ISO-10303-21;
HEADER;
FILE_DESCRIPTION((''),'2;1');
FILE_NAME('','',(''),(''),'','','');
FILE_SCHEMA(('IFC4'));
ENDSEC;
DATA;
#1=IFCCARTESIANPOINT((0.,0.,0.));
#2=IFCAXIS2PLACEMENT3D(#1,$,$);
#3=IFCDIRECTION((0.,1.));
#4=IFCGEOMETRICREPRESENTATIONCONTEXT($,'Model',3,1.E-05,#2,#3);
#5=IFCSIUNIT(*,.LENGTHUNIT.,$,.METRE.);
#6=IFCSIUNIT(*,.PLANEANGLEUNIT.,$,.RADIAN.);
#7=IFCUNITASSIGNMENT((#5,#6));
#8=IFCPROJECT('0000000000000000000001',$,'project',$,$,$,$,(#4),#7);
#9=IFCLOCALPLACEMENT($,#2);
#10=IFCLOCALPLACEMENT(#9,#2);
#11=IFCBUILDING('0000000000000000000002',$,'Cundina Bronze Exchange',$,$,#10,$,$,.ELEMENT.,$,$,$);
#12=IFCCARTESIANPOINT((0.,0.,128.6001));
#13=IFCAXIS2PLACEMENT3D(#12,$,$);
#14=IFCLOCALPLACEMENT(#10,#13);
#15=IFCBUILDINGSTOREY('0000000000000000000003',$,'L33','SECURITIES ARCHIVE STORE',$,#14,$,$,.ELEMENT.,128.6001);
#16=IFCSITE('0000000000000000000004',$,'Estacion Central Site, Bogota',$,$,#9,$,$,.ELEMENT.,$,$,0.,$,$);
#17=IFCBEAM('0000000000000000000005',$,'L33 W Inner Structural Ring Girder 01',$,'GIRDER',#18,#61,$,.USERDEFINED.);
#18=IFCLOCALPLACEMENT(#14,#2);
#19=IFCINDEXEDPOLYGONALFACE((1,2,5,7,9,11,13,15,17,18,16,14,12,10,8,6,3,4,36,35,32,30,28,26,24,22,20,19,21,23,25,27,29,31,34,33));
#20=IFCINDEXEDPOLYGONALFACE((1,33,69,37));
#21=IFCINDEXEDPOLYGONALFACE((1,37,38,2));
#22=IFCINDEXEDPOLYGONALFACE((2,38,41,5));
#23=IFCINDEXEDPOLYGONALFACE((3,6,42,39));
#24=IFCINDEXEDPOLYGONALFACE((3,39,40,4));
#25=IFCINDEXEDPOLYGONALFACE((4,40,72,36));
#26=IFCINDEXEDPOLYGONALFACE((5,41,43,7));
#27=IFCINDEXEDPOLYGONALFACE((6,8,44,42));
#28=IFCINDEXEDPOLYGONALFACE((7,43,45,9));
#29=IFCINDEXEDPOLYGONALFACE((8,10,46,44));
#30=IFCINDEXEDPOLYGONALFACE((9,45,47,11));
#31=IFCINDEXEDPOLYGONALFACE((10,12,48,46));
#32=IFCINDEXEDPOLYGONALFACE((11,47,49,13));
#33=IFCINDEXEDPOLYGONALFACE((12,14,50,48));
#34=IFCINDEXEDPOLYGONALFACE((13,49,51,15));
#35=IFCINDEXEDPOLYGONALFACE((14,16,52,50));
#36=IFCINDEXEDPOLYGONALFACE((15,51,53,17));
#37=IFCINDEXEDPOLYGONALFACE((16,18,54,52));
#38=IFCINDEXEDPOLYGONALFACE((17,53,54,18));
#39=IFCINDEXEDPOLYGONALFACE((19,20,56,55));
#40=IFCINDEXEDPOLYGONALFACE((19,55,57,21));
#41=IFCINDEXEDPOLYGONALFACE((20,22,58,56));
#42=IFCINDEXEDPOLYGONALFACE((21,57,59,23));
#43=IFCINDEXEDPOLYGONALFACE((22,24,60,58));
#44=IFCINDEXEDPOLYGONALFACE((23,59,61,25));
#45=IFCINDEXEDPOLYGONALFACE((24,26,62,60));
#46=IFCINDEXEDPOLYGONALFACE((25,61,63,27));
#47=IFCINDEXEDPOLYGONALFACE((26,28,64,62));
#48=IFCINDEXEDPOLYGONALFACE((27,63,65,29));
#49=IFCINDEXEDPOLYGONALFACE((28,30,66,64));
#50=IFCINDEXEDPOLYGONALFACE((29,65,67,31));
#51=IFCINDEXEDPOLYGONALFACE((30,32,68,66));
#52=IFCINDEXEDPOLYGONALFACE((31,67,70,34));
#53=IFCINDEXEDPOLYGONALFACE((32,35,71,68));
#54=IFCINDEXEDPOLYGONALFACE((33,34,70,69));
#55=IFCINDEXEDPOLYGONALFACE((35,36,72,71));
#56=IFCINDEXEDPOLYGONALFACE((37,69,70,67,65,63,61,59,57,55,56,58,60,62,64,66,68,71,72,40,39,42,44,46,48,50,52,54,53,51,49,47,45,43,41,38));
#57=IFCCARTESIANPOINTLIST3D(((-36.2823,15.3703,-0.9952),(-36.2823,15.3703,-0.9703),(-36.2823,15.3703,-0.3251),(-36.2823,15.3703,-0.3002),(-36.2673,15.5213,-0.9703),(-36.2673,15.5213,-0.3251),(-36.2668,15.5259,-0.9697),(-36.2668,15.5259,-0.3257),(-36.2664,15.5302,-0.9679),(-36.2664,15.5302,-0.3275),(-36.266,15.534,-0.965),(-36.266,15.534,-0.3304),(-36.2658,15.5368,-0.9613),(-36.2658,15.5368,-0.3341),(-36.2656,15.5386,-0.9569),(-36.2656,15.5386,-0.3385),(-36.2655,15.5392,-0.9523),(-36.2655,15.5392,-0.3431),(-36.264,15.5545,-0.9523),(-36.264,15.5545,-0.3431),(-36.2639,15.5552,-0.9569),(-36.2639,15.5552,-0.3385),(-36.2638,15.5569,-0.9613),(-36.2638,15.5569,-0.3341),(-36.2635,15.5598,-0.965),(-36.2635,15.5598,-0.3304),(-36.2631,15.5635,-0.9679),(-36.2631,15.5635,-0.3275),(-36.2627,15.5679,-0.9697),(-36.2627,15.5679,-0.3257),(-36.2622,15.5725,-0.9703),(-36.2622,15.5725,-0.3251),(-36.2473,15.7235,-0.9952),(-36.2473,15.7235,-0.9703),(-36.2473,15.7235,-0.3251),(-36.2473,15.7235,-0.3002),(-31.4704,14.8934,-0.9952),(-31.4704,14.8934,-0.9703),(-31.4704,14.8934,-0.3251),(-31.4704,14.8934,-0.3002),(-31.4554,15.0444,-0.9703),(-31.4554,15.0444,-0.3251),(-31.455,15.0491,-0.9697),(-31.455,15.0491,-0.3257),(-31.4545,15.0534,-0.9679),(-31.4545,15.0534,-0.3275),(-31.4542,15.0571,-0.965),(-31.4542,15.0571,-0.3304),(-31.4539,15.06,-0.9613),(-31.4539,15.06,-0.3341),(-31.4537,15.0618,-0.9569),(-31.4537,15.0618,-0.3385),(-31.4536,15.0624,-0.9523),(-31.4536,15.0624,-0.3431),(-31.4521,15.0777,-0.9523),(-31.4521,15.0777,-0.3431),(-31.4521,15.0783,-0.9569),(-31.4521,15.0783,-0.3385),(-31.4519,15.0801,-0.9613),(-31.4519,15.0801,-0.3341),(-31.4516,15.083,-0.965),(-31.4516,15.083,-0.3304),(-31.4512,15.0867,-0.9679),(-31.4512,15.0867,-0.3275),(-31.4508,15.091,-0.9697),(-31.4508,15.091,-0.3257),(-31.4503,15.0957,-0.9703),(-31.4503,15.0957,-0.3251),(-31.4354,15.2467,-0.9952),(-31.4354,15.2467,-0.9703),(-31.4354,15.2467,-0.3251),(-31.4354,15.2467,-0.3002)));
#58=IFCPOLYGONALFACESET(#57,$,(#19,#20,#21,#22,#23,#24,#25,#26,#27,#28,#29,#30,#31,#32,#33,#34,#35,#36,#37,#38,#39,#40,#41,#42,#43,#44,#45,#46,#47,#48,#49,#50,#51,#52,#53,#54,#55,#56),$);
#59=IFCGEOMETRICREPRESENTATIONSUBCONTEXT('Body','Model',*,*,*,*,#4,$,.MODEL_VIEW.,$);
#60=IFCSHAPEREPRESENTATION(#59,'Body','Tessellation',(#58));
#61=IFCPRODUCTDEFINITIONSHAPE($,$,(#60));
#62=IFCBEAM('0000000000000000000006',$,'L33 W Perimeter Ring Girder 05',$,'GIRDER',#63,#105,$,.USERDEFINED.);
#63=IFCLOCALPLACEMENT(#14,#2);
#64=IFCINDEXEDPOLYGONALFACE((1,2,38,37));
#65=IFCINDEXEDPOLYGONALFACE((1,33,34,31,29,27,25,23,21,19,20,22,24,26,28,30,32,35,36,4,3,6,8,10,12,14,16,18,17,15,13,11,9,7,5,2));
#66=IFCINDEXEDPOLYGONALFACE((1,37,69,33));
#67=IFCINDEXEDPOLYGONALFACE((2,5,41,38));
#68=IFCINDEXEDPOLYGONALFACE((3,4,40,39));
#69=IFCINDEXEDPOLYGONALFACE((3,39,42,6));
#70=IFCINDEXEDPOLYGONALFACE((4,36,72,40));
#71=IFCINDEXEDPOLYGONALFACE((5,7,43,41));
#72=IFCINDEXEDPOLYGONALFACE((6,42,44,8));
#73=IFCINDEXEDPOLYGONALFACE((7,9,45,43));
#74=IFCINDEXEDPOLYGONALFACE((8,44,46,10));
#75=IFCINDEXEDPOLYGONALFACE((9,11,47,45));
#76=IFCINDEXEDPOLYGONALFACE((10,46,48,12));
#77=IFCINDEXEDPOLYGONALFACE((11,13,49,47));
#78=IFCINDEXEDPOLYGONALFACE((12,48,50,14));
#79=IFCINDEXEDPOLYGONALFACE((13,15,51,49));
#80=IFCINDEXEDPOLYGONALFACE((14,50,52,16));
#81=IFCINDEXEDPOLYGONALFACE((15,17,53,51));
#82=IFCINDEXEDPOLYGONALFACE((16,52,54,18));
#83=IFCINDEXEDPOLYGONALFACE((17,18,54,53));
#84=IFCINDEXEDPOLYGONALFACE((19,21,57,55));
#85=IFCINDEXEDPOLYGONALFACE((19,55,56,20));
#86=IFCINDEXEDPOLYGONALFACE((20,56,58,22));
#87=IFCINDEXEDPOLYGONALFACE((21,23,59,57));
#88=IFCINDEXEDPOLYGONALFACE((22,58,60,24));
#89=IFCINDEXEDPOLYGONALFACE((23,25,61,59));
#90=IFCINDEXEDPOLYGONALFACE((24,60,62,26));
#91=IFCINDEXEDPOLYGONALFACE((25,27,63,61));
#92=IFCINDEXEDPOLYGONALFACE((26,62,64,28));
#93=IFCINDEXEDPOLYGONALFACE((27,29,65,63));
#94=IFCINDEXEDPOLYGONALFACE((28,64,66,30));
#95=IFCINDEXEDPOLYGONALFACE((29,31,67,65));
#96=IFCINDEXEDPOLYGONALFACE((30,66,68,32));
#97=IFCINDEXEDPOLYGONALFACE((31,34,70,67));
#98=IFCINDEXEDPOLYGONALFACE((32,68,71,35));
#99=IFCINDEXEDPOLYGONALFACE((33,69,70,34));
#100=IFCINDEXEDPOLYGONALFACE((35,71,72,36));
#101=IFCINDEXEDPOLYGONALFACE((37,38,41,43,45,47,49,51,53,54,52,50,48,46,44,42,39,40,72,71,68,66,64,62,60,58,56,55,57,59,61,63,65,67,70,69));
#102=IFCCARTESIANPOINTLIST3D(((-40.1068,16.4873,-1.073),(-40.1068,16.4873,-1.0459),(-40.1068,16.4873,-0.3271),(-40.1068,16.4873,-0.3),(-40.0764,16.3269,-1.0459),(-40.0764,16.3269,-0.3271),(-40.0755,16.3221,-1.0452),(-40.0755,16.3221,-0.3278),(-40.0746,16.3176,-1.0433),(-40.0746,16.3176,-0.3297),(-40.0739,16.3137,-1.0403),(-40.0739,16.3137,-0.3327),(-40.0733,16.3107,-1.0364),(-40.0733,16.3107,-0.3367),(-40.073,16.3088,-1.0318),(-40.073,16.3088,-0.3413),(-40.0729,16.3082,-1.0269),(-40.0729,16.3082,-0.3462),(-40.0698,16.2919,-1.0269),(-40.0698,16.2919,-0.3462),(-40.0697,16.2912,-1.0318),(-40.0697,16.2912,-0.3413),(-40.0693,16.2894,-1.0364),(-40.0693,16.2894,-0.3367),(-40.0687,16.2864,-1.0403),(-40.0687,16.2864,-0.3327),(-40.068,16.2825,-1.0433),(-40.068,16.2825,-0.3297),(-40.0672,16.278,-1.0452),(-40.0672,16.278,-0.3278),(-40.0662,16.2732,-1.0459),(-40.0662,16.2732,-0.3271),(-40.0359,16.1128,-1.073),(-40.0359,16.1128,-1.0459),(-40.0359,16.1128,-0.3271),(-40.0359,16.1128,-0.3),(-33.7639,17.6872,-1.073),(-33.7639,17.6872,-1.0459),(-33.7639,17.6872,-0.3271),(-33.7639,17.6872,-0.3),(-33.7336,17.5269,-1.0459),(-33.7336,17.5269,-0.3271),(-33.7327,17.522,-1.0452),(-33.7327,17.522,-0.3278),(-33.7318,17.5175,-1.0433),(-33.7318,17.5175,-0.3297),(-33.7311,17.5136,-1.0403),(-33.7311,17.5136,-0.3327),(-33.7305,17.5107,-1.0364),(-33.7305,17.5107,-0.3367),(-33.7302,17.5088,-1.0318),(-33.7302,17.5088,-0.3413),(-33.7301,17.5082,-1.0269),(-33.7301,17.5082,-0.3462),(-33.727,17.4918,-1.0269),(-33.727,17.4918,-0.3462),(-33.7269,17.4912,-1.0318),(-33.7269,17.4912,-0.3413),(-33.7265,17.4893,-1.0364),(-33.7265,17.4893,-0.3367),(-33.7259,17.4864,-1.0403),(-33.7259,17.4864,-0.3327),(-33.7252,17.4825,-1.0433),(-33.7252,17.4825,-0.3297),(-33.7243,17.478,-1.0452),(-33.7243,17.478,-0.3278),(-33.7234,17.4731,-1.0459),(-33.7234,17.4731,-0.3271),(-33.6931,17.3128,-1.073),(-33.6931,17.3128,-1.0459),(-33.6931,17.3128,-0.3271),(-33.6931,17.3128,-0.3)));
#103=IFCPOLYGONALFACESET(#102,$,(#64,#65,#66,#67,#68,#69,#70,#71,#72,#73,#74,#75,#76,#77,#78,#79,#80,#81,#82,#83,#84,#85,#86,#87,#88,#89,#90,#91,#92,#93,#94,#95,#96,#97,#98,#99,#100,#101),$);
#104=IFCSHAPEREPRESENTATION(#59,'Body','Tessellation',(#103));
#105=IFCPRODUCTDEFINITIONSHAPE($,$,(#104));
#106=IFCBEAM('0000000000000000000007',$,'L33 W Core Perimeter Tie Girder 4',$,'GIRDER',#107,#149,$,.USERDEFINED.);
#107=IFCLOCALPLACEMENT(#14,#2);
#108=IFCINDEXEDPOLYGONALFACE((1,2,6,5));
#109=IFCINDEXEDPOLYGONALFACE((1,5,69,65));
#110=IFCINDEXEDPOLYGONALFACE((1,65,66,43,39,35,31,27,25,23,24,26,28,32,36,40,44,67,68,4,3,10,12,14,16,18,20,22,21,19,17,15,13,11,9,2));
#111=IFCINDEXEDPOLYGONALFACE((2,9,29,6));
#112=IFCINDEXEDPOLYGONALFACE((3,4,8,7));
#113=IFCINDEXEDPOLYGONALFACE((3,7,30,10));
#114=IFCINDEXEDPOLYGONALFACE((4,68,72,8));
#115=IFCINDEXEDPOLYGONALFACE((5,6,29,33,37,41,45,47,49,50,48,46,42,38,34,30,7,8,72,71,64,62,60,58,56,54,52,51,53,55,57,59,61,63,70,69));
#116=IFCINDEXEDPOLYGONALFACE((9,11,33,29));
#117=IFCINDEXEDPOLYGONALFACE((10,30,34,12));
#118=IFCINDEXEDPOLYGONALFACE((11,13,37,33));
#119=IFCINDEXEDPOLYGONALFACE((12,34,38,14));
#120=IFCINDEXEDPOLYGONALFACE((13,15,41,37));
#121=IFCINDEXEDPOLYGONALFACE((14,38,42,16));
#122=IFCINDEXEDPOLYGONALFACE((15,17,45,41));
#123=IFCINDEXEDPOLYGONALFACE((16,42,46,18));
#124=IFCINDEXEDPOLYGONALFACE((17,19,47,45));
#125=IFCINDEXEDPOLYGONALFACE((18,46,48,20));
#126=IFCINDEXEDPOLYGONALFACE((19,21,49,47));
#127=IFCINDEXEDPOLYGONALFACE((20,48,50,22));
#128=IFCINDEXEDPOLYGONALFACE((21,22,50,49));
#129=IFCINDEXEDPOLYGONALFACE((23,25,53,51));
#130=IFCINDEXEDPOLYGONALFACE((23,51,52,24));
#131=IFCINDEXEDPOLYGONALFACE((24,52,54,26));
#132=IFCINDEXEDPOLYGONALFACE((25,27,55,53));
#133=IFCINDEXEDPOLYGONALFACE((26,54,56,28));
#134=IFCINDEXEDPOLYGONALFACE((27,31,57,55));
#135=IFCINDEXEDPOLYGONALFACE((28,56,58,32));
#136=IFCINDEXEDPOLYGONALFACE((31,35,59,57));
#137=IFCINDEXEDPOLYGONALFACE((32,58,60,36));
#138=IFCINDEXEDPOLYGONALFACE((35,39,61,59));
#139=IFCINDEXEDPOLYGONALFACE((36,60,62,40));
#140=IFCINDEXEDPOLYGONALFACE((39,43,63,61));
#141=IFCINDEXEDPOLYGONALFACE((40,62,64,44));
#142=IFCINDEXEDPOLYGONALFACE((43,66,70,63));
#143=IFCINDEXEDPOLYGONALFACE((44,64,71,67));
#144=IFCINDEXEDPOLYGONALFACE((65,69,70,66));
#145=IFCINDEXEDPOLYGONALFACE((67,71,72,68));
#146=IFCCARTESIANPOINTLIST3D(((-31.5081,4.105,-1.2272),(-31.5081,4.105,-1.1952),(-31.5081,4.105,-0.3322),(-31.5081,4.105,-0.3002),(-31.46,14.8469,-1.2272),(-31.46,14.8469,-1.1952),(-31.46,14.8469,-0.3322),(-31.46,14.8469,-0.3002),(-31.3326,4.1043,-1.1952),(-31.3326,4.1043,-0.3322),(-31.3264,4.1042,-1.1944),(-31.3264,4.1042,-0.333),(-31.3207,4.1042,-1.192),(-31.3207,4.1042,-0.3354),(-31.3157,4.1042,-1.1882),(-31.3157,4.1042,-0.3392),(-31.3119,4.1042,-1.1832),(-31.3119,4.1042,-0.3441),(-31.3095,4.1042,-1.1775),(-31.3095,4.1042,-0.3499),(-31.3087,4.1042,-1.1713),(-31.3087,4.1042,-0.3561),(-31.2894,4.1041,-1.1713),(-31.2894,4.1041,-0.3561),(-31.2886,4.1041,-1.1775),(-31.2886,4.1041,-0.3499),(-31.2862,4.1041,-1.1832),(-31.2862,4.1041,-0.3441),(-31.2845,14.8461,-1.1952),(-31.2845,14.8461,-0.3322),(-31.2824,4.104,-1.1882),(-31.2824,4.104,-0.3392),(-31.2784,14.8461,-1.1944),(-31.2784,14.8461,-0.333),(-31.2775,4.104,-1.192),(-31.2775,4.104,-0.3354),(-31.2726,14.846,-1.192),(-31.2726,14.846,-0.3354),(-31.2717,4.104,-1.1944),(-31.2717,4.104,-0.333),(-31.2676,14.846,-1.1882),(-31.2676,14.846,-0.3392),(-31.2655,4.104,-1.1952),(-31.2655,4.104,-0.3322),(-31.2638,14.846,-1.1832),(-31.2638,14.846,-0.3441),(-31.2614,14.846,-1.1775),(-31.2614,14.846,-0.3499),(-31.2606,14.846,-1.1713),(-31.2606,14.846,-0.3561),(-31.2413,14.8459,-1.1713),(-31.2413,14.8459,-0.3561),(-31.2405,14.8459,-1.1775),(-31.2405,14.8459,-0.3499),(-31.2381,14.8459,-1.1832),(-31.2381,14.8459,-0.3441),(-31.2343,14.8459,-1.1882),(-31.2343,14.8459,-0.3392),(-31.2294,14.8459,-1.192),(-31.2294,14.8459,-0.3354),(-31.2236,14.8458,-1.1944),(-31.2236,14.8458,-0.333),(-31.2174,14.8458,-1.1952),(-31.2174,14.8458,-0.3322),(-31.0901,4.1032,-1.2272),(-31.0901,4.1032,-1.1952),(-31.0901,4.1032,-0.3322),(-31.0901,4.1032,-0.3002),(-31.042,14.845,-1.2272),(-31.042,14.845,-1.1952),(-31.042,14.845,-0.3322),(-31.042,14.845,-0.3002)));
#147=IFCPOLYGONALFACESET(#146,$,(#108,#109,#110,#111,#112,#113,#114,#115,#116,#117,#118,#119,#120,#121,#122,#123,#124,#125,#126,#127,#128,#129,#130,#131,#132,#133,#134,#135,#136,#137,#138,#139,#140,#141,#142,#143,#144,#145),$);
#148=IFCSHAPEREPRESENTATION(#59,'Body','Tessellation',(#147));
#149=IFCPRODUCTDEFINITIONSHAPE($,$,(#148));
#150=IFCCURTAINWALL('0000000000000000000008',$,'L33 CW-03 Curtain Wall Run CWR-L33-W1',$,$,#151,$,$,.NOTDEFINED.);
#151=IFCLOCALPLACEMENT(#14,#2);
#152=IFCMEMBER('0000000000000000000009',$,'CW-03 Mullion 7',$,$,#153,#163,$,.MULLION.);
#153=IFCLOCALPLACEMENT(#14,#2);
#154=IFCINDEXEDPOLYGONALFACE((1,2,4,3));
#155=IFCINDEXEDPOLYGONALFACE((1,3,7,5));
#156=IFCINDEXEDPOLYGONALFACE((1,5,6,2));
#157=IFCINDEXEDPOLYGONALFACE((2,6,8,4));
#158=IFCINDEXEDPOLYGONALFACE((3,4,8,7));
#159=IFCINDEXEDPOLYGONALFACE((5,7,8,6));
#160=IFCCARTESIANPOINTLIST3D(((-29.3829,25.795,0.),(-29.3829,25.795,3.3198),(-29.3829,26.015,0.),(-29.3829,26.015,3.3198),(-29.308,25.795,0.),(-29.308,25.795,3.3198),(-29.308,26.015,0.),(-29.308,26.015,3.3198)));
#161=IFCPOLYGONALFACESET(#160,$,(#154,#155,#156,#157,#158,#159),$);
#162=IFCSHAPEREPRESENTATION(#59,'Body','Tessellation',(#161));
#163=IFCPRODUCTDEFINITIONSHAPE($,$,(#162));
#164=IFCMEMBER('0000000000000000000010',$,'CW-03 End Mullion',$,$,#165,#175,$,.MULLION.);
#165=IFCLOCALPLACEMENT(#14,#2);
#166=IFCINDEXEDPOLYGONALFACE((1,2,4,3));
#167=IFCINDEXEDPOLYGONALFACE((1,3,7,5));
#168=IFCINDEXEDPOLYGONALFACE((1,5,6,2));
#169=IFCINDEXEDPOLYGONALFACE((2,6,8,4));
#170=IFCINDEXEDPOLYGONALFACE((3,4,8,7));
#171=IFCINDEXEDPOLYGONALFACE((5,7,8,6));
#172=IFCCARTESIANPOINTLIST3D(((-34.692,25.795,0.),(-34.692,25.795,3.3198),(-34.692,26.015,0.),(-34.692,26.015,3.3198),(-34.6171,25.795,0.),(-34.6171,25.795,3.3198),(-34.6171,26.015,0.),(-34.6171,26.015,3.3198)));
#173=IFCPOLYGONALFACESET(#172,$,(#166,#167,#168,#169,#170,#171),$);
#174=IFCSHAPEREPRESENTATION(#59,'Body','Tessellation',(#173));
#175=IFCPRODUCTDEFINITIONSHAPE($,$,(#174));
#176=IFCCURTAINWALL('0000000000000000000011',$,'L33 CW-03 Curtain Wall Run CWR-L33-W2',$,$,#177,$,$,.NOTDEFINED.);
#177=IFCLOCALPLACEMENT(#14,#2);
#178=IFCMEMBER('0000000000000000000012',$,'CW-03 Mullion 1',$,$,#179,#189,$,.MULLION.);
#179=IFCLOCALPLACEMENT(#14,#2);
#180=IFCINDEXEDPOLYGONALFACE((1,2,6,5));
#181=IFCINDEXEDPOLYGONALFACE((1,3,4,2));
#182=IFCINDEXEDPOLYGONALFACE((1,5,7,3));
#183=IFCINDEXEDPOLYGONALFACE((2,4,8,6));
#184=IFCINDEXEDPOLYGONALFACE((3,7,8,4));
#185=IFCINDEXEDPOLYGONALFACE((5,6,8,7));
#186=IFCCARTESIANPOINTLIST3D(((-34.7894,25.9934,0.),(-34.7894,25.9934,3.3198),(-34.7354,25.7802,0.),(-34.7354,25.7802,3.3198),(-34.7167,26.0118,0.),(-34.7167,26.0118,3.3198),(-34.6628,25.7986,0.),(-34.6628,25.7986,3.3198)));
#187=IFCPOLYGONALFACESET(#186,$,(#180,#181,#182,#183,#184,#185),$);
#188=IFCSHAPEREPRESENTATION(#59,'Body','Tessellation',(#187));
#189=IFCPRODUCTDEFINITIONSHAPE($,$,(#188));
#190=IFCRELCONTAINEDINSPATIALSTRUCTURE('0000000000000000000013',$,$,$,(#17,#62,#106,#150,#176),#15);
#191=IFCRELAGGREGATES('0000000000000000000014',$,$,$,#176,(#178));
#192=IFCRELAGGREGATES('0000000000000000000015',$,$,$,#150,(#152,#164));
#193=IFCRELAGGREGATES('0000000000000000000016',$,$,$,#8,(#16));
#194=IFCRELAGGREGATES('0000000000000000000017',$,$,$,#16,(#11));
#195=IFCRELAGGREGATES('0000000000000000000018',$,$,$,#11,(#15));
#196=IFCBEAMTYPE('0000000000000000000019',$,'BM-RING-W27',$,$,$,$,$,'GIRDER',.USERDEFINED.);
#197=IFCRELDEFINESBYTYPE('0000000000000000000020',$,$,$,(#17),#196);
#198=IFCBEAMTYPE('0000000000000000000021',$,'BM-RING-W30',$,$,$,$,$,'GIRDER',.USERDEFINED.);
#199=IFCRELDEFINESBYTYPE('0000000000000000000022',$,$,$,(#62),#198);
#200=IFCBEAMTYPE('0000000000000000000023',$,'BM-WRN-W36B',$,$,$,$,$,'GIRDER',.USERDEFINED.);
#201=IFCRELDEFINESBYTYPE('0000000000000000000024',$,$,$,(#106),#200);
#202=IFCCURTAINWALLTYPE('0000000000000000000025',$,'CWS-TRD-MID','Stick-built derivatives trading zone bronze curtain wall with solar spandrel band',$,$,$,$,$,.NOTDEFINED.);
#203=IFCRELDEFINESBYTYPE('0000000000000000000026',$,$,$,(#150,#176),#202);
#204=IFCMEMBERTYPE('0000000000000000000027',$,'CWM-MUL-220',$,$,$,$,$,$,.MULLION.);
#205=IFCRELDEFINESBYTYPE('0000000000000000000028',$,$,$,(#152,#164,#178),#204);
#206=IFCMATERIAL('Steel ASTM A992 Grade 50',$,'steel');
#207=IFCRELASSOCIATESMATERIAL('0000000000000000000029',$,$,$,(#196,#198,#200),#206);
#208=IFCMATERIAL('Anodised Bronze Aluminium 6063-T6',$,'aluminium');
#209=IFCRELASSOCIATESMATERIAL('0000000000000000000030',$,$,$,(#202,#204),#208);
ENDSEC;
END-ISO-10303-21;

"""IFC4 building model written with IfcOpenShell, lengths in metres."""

from ifc_helpers import new_model, si_unit, direction, frame, origin, origin_2d, place, context, subcontext, project, spatial, rectangle, i_section, extrude, material, material_profile, profile_set, type_object, element, aggregate, save


model = new_model("IFC4")

# Units and contexts
model_context = context("Model", 3, precision=1e-05, world=origin(), true_north=direction((0.0, 1.0)))
body_context = subcontext(model_context, "Body", "Model", "MODEL_VIEW")
ifc_project = project(units=[si_unit("LENGTHUNIT", "METRE"), si_unit("PLANEANGLEUNIT", "RADIAN")], contexts=[model_context])

# Site, building, storey
site_placement = place(None, origin())
site = spatial("IfcSite", under=ifc_project, at=site_placement, Name="Estacion Central Site, Bogota", CompositionType="ELEMENT", RefElevation=0.0)
building_placement = place(site_placement, origin())
building = spatial("IfcBuilding", under=site, at=building_placement, Name="Cundina Bronze Exchange", CompositionType="ELEMENT")
storey_placement = place(building_placement, frame((0.0, 0.0, 128.6001)))
storey = spatial("IfcBuildingStorey", under=building, at=storey_placement, Name="L33", Description="SECURITIES ARCHIVE STORE", CompositionType="ELEMENT", Elevation=128.6001)

# Shared definitions
ifc_material_1 = material(Name="Steel ASTM A992 Grade 50", Category="steel")

# Beams
ifc_material_profile_1 = material_profile(ifc_material_1, i_section(OverallWidth=0.355, OverallDepth=0.6951, WebThickness=0.0154, FlangeThickness=0.0249, FilletRadius=0.0181, at=origin_2d()), Name="W27X146", Category="steel")
ifc_profile_set_1 = profile_set([ifc_material_profile_1], Name="Steel ASTM A992 Grade 50")
beam_type_1 = type_object("IfcBeamType", Name="BM-RING-W27", ElementType="GIRDER", PredefinedType="USERDEFINED", material=ifc_profile_set_1)
beam_1_placement = place(storey_placement, frame((-31.4529, 15.0701, -0.6477), z_axis=(-0.995126, 0.098609, 0.0), x_axis=(-0.098609, -0.995126, 0.0)))
element("IfcBeam", 1, at=beam_1_placement, inside=storey, type_object=beam_type_1, Name="L33 W Inner Structural Ring Girder 01", ObjectType="GIRDER", PredefinedType="USERDEFINED", context=body_context, shape_type="SweptSolid", body=[
    extrude(i_section(OverallWidth=0.355, OverallDepth=0.6951, WebThickness=0.0154, FlangeThickness=0.0249, FilletRadius=0.0181, at=origin_2d()), origin(), (0.0, 0.0, 1.0), 4.8354),
])
ifc_material_profile_2 = material_profile(ifc_material_1, i_section(OverallWidth=0.3811, OverallDepth=0.7729, WebThickness=0.0166, FlangeThickness=0.0271, FilletRadius=0.019, at=origin_2d()), Name="W30X173", Category="steel")
ifc_profile_set_2 = profile_set([ifc_material_profile_2], Name="Steel ASTM A992 Grade 50")
beam_type_2 = type_object("IfcBeamType", Name="BM-RING-W30", ElementType="GIRDER", PredefinedType="USERDEFINED", material=ifc_profile_set_2)
beam_2_placement = place(storey_placement, frame((-33.7285, 17.5, -0.6865), z_axis=(-0.982571, -0.185887, 0.0), x_axis=(0.185887, -0.982571, 0.0)))
element("IfcBeam", 2, at=beam_2_placement, inside=storey, type_object=beam_type_2, Name="L33 W Perimeter Ring Girder 05", ObjectType="GIRDER", PredefinedType="USERDEFINED", context=body_context, shape_type="SweptSolid", body=[
    extrude(i_section(OverallWidth=0.3811, OverallDepth=0.7729, WebThickness=0.0166, FlangeThickness=0.0271, FilletRadius=0.019, at=origin_2d()), origin(), (0.0, 0.0, 1.0), 6.4553),
])
ifc_material_profile_3 = material_profile(ifc_material_1, i_section(OverallWidth=0.418, OverallDepth=0.927, WebThickness=0.0193, FlangeThickness=0.032, FilletRadius=0.0239, at=origin_2d()), Name="W36X231", Category="steel")
ifc_profile_set_3 = profile_set([ifc_material_profile_3], Name="Steel ASTM A992 Grade 50")
beam_type_3 = type_object("IfcBeamType", Name="BM-WRN-W36B", ElementType="GIRDER", PredefinedType="USERDEFINED", material=ifc_profile_set_3)
beam_3_placement = place(storey_placement, frame((-31.251, 14.8459, -0.7637), z_axis=(-0.004477, -0.99999, 0.0), x_axis=(0.99999, -0.004477, 0.0)))
element("IfcBeam", 3, at=beam_3_placement, inside=storey, type_object=beam_type_3, Name="L33 W Core Perimeter Tie Girder 4", ObjectType="GIRDER", PredefinedType="USERDEFINED", context=body_context, shape_type="SweptSolid", body=[
    extrude(i_section(OverallWidth=0.418, OverallDepth=0.927, WebThickness=0.0193, FlangeThickness=0.032, FilletRadius=0.0239, at=origin_2d()), origin(), (0.0, 0.0, 1.0), 10.7419),
])

# Curtain wall, members
ifc_material_2 = material(Name="Anodised Bronze Aluminium 6063-T6", Category="aluminium")
curtain_wall_type = type_object("IfcCurtainWallType", Name="CWS-TRD-MID", Description="Stick-built derivatives trading zone bronze curtain wall with solar spandrel band", PredefinedType="NOTDEFINED", material=ifc_material_2)
curtain_wall_1_placement = place(storey_placement, origin())
curtain_wall_1 = element("IfcCurtainWall", 4, at=curtain_wall_1_placement, inside=storey, type_object=curtain_wall_type, Name="L33 CW-03 Curtain Wall Run CWR-L33-W1", PredefinedType="NOTDEFINED")
ifc_material_profile_4 = material_profile(ifc_material_2, rectangle(XDim=0.075, YDim=0.22, at=origin_2d()), Name="AL75X220", Category="aluminium")
ifc_profile_set_4 = profile_set([ifc_material_profile_4], Name="Anodised Bronze Aluminium 6063-T6")
member_type_1 = type_object("IfcMemberType", Name="CWM-MUL-220", PredefinedType="MULLION", material=ifc_profile_set_4)
member_1_placement = place(storey_placement, frame((-29.3455, 25.905, 0.0), z_axis=(0.0, 0.0, 1.0), x_axis=(-1.0, 0.0, 0.0)))
member_1 = element("IfcMember", 5, at=member_1_placement, type_object=member_type_1, Name="CW-03 Mullion 7", PredefinedType="MULLION", context=body_context, shape_type="SweptSolid", body=[
    extrude(rectangle(XDim=0.075, YDim=0.22, at=origin_2d()), origin(), (0.0, 0.0, 1.0), 3.3198),
])
member_2_placement = place(storey_placement, frame((-34.6545, 25.905, 0.0), z_axis=(0.0, 0.0, 1.0), x_axis=(-1.0, 0.0, 0.0)))
member_2 = element("IfcMember", 6, at=member_2_placement, type_object=member_type_1, Name="CW-03 End Mullion", PredefinedType="MULLION", context=body_context, shape_type="SweptSolid", body=[
    extrude(rectangle(XDim=0.075, YDim=0.22, at=origin_2d()), origin(), (0.0, 0.0, 1.0), 3.3198),
])

# Curtain wall, member
curtain_wall_2_placement = place(storey_placement, origin())
curtain_wall_2 = element("IfcCurtainWall", 7, at=curtain_wall_2_placement, inside=storey, type_object=curtain_wall_type, Name="L33 CW-03 Curtain Wall Run CWR-L33-W2", PredefinedType="NOTDEFINED")
member_3_placement = place(storey_placement, frame((-34.7261, 25.896, 0.0), z_axis=(0.0, 0.0, 1.0), x_axis=(-0.969488, -0.245138, 0.0)))
member_3 = element("IfcMember", 8, at=member_3_placement, type_object=member_type_1, Name="CW-03 Mullion 1", PredefinedType="MULLION", context=body_context, shape_type="SweptSolid", body=[
    extrude(rectangle(XDim=0.075, YDim=0.22, at=origin_2d()), origin(), (0.0, 0.0, 1.0), 3.3198),
])
aggregate(curtain_wall_2, [member_3])

aggregate(curtain_wall_1, [member_1, member_2])

save(model, "model.ifc")
